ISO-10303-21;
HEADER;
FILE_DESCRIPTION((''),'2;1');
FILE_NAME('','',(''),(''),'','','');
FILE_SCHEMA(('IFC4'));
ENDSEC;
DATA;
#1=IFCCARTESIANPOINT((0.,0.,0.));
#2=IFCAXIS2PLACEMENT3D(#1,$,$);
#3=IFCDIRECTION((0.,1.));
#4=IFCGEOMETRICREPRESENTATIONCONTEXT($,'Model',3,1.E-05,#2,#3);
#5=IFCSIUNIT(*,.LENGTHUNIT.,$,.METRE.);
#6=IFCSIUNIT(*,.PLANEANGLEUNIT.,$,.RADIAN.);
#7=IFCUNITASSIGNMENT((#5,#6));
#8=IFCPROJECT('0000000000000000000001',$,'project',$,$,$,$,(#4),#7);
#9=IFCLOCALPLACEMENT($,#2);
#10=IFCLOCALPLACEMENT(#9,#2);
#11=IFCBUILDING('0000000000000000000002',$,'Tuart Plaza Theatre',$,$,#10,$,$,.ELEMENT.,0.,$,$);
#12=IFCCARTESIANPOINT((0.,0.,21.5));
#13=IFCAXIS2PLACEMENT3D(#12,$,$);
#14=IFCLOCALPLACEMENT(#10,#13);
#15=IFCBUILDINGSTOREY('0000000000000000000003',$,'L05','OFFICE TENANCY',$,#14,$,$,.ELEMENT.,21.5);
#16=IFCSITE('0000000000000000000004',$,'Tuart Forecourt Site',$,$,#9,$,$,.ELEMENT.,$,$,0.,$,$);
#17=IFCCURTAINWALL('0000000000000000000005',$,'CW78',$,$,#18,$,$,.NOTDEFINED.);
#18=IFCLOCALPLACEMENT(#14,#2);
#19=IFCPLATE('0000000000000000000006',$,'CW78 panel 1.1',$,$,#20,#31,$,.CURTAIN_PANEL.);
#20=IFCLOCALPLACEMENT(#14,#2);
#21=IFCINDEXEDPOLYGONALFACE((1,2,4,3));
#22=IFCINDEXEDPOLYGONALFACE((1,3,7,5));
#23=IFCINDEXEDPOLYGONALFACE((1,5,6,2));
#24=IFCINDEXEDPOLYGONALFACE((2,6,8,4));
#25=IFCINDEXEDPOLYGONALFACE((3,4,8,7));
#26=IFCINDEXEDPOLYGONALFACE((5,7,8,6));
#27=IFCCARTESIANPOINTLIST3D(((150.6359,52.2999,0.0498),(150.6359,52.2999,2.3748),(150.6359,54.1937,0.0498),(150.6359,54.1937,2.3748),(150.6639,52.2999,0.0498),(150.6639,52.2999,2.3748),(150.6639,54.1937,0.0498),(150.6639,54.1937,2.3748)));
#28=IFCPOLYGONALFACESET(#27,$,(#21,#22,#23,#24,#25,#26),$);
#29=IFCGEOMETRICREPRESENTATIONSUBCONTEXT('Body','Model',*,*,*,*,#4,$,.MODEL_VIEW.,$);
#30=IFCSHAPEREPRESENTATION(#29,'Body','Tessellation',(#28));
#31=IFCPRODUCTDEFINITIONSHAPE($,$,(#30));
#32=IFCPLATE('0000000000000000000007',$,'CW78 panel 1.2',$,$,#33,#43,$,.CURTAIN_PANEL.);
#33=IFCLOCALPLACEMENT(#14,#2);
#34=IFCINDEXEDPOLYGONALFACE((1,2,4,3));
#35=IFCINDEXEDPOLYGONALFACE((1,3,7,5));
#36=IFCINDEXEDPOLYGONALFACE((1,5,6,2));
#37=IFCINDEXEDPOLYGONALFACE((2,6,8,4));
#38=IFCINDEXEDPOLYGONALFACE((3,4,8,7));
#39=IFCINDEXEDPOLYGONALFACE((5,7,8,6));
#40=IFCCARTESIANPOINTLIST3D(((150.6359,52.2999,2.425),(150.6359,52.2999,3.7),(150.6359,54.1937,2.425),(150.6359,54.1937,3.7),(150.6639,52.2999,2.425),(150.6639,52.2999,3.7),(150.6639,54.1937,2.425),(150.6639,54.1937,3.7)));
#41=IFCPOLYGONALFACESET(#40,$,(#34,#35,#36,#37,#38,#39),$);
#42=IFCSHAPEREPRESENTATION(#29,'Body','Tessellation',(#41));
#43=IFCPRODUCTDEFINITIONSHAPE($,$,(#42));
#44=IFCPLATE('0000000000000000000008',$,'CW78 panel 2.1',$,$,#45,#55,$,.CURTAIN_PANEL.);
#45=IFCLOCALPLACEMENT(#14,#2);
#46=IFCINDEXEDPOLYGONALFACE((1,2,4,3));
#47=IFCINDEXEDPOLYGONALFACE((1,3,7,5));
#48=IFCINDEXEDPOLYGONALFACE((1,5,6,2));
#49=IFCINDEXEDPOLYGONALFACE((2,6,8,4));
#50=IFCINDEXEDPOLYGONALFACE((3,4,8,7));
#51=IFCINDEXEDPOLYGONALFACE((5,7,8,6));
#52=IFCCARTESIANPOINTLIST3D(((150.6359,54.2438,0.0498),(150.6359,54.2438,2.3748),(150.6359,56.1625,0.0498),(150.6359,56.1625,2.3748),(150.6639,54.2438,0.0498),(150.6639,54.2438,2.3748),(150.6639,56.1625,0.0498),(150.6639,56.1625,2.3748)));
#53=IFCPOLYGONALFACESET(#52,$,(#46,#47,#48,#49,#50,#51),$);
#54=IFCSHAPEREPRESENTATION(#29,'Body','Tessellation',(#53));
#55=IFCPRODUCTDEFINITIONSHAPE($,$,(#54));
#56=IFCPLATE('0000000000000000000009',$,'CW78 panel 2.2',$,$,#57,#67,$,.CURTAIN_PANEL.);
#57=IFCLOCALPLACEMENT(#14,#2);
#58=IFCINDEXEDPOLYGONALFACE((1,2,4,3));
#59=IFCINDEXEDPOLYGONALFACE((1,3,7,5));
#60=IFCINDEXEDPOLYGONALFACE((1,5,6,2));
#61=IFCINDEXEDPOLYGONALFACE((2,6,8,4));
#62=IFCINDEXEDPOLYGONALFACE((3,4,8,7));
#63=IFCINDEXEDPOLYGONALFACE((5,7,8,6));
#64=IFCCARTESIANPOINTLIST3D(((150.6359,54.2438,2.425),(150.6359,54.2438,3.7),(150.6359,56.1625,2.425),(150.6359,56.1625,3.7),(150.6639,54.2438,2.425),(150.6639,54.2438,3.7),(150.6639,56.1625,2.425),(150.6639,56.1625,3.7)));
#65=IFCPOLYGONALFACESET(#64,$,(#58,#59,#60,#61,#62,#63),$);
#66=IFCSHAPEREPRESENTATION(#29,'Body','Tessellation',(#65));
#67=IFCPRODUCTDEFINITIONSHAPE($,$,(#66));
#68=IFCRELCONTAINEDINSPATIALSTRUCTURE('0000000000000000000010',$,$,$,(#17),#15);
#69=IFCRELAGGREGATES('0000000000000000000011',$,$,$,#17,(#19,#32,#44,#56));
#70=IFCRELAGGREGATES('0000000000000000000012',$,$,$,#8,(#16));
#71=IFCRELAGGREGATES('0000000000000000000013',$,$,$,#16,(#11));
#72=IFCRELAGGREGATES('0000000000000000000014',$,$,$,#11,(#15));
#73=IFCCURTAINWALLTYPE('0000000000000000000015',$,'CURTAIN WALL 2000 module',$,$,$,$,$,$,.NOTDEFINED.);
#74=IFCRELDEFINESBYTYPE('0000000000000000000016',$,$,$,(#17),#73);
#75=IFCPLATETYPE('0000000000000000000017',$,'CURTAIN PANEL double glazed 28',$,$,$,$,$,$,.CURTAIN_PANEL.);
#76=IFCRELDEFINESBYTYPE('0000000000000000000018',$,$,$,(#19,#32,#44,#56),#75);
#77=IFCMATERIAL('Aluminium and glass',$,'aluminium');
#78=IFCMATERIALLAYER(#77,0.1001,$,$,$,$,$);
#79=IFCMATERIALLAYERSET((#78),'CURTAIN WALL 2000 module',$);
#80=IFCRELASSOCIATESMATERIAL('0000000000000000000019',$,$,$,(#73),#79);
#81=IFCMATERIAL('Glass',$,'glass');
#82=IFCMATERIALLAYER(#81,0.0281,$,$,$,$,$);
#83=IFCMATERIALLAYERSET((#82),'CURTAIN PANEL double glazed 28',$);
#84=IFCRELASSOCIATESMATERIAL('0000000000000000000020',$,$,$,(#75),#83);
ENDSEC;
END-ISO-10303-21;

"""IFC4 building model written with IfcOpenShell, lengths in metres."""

from ifc_helpers import new_model, si_unit, direction, frame, origin, origin_2d, place, context, subcontext, project, spatial, rectangle, extrude, material, layer, layer_set, type_object, element, aggregate, save


model = new_model("IFC4")

# Units and contexts
model_context = context("Model", 3, precision=1e-05, world=origin(), true_north=direction((0.0, 1.0)))
body_context = subcontext(model_context, "Body", "Model", "MODEL_VIEW")
ifc_project = project(units=[si_unit("LENGTHUNIT", "METRE"), si_unit("PLANEANGLEUNIT", "RADIAN")], contexts=[model_context])

# Site, building, storey
site_placement = place(None, origin())
site = spatial("IfcSite", under=ifc_project, at=site_placement, Name="Tuart Forecourt Site", CompositionType="ELEMENT", RefElevation=0.0)
building_placement = place(site_placement, origin())
building = spatial("IfcBuilding", under=site, at=building_placement, Name="Tuart Plaza Theatre", CompositionType="ELEMENT", ElevationOfRefHeight=0.0)
storey_placement = place(building_placement, frame((0.0, 0.0, 21.5)))
storey = spatial("IfcBuildingStorey", under=building, at=storey_placement, Name="L05", Description="OFFICE TENANCY", CompositionType="ELEMENT", Elevation=21.5)

# Curtain wall
ifc_material_1 = material(Name="Aluminium and glass", Category="aluminium")
ifc_layer_1 = layer(ifc_material_1, 0.1001)
ifc_layer_set_1 = layer_set([ifc_layer_1], Name="CURTAIN WALL 2000 module")
curtain_wall_type = type_object("IfcCurtainWallType", Name="CURTAIN WALL 2000 module", PredefinedType="NOTDEFINED", material=ifc_layer_set_1)
curtain_wall_1_placement = place(storey_placement, origin())
curtain_wall_1 = element("IfcCurtainWall", 1, at=curtain_wall_1_placement, inside=storey, type_object=curtain_wall_type, Name="CW78", PredefinedType="NOTDEFINED")

# Plates
ifc_material_2 = material(Name="Glass", Category="glass")
ifc_layer_2 = layer(ifc_material_2, 0.0281)
ifc_layer_set_2 = layer_set([ifc_layer_2], Name="CURTAIN PANEL double glazed 28")
plate_type = type_object("IfcPlateType", Name="CURTAIN PANEL double glazed 28", PredefinedType="CURTAIN_PANEL", material=ifc_layer_set_2)
plate_1_placement = place(storey_placement, frame((150.6499, 53.2468, 0.0498), z_axis=(0.0, 0.0, 1.0), x_axis=(0.0, 1.0, 0.0)))
plate_1 = element("IfcPlate", 2, at=plate_1_placement, type_object=plate_type, Name="CW78 panel 1.1", PredefinedType="CURTAIN_PANEL", context=body_context, shape_type="SweptSolid", body=[
    extrude(rectangle(XDim=1.8938, YDim=0.0281, at=origin_2d()), origin(), (0.0, 0.0, 1.0), 2.325),
])
plate_2_placement = place(storey_placement, frame((150.6499, 53.2468, 2.425), z_axis=(0.0, 0.0, 1.0), x_axis=(0.0, 1.0, 0.0)))
plate_2 = element("IfcPlate", 3, at=plate_2_placement, type_object=plate_type, Name="CW78 panel 1.2", PredefinedType="CURTAIN_PANEL", context=body_context, shape_type="SweptSolid", body=[
    extrude(rectangle(XDim=1.8938, YDim=0.0281, at=origin_2d()), origin(), (0.0, 0.0, 1.0), 1.2749),
])
plate_3_placement = place(storey_placement, frame((150.6499, 55.2031, 0.0498), z_axis=(0.0, 0.0, 1.0), x_axis=(0.0, 1.0, 0.0)))
plate_3 = element("IfcPlate", 4, at=plate_3_placement, type_object=plate_type, Name="CW78 panel 2.1", PredefinedType="CURTAIN_PANEL", context=body_context, shape_type="SweptSolid", body=[
    extrude(rectangle(XDim=1.9187, YDim=0.0281, at=origin_2d()), origin(), (0.0, 0.0, 1.0), 2.325),
])
plate_4_placement = place(storey_placement, frame((150.6499, 55.2031, 2.425), z_axis=(0.0, 0.0, 1.0), x_axis=(0.0, 1.0, 0.0)))
plate_4 = element("IfcPlate", 5, at=plate_4_placement, type_object=plate_type, Name="CW78 panel 2.2", PredefinedType="CURTAIN_PANEL", context=body_context, shape_type="SweptSolid", body=[
    extrude(rectangle(XDim=1.9187, YDim=0.0281, at=origin_2d()), origin(), (0.0, 0.0, 1.0), 1.2749),
])
aggregate(curtain_wall_1, [plate_1, plate_2, plate_3, plate_4])

save(model, "model.ifc")
